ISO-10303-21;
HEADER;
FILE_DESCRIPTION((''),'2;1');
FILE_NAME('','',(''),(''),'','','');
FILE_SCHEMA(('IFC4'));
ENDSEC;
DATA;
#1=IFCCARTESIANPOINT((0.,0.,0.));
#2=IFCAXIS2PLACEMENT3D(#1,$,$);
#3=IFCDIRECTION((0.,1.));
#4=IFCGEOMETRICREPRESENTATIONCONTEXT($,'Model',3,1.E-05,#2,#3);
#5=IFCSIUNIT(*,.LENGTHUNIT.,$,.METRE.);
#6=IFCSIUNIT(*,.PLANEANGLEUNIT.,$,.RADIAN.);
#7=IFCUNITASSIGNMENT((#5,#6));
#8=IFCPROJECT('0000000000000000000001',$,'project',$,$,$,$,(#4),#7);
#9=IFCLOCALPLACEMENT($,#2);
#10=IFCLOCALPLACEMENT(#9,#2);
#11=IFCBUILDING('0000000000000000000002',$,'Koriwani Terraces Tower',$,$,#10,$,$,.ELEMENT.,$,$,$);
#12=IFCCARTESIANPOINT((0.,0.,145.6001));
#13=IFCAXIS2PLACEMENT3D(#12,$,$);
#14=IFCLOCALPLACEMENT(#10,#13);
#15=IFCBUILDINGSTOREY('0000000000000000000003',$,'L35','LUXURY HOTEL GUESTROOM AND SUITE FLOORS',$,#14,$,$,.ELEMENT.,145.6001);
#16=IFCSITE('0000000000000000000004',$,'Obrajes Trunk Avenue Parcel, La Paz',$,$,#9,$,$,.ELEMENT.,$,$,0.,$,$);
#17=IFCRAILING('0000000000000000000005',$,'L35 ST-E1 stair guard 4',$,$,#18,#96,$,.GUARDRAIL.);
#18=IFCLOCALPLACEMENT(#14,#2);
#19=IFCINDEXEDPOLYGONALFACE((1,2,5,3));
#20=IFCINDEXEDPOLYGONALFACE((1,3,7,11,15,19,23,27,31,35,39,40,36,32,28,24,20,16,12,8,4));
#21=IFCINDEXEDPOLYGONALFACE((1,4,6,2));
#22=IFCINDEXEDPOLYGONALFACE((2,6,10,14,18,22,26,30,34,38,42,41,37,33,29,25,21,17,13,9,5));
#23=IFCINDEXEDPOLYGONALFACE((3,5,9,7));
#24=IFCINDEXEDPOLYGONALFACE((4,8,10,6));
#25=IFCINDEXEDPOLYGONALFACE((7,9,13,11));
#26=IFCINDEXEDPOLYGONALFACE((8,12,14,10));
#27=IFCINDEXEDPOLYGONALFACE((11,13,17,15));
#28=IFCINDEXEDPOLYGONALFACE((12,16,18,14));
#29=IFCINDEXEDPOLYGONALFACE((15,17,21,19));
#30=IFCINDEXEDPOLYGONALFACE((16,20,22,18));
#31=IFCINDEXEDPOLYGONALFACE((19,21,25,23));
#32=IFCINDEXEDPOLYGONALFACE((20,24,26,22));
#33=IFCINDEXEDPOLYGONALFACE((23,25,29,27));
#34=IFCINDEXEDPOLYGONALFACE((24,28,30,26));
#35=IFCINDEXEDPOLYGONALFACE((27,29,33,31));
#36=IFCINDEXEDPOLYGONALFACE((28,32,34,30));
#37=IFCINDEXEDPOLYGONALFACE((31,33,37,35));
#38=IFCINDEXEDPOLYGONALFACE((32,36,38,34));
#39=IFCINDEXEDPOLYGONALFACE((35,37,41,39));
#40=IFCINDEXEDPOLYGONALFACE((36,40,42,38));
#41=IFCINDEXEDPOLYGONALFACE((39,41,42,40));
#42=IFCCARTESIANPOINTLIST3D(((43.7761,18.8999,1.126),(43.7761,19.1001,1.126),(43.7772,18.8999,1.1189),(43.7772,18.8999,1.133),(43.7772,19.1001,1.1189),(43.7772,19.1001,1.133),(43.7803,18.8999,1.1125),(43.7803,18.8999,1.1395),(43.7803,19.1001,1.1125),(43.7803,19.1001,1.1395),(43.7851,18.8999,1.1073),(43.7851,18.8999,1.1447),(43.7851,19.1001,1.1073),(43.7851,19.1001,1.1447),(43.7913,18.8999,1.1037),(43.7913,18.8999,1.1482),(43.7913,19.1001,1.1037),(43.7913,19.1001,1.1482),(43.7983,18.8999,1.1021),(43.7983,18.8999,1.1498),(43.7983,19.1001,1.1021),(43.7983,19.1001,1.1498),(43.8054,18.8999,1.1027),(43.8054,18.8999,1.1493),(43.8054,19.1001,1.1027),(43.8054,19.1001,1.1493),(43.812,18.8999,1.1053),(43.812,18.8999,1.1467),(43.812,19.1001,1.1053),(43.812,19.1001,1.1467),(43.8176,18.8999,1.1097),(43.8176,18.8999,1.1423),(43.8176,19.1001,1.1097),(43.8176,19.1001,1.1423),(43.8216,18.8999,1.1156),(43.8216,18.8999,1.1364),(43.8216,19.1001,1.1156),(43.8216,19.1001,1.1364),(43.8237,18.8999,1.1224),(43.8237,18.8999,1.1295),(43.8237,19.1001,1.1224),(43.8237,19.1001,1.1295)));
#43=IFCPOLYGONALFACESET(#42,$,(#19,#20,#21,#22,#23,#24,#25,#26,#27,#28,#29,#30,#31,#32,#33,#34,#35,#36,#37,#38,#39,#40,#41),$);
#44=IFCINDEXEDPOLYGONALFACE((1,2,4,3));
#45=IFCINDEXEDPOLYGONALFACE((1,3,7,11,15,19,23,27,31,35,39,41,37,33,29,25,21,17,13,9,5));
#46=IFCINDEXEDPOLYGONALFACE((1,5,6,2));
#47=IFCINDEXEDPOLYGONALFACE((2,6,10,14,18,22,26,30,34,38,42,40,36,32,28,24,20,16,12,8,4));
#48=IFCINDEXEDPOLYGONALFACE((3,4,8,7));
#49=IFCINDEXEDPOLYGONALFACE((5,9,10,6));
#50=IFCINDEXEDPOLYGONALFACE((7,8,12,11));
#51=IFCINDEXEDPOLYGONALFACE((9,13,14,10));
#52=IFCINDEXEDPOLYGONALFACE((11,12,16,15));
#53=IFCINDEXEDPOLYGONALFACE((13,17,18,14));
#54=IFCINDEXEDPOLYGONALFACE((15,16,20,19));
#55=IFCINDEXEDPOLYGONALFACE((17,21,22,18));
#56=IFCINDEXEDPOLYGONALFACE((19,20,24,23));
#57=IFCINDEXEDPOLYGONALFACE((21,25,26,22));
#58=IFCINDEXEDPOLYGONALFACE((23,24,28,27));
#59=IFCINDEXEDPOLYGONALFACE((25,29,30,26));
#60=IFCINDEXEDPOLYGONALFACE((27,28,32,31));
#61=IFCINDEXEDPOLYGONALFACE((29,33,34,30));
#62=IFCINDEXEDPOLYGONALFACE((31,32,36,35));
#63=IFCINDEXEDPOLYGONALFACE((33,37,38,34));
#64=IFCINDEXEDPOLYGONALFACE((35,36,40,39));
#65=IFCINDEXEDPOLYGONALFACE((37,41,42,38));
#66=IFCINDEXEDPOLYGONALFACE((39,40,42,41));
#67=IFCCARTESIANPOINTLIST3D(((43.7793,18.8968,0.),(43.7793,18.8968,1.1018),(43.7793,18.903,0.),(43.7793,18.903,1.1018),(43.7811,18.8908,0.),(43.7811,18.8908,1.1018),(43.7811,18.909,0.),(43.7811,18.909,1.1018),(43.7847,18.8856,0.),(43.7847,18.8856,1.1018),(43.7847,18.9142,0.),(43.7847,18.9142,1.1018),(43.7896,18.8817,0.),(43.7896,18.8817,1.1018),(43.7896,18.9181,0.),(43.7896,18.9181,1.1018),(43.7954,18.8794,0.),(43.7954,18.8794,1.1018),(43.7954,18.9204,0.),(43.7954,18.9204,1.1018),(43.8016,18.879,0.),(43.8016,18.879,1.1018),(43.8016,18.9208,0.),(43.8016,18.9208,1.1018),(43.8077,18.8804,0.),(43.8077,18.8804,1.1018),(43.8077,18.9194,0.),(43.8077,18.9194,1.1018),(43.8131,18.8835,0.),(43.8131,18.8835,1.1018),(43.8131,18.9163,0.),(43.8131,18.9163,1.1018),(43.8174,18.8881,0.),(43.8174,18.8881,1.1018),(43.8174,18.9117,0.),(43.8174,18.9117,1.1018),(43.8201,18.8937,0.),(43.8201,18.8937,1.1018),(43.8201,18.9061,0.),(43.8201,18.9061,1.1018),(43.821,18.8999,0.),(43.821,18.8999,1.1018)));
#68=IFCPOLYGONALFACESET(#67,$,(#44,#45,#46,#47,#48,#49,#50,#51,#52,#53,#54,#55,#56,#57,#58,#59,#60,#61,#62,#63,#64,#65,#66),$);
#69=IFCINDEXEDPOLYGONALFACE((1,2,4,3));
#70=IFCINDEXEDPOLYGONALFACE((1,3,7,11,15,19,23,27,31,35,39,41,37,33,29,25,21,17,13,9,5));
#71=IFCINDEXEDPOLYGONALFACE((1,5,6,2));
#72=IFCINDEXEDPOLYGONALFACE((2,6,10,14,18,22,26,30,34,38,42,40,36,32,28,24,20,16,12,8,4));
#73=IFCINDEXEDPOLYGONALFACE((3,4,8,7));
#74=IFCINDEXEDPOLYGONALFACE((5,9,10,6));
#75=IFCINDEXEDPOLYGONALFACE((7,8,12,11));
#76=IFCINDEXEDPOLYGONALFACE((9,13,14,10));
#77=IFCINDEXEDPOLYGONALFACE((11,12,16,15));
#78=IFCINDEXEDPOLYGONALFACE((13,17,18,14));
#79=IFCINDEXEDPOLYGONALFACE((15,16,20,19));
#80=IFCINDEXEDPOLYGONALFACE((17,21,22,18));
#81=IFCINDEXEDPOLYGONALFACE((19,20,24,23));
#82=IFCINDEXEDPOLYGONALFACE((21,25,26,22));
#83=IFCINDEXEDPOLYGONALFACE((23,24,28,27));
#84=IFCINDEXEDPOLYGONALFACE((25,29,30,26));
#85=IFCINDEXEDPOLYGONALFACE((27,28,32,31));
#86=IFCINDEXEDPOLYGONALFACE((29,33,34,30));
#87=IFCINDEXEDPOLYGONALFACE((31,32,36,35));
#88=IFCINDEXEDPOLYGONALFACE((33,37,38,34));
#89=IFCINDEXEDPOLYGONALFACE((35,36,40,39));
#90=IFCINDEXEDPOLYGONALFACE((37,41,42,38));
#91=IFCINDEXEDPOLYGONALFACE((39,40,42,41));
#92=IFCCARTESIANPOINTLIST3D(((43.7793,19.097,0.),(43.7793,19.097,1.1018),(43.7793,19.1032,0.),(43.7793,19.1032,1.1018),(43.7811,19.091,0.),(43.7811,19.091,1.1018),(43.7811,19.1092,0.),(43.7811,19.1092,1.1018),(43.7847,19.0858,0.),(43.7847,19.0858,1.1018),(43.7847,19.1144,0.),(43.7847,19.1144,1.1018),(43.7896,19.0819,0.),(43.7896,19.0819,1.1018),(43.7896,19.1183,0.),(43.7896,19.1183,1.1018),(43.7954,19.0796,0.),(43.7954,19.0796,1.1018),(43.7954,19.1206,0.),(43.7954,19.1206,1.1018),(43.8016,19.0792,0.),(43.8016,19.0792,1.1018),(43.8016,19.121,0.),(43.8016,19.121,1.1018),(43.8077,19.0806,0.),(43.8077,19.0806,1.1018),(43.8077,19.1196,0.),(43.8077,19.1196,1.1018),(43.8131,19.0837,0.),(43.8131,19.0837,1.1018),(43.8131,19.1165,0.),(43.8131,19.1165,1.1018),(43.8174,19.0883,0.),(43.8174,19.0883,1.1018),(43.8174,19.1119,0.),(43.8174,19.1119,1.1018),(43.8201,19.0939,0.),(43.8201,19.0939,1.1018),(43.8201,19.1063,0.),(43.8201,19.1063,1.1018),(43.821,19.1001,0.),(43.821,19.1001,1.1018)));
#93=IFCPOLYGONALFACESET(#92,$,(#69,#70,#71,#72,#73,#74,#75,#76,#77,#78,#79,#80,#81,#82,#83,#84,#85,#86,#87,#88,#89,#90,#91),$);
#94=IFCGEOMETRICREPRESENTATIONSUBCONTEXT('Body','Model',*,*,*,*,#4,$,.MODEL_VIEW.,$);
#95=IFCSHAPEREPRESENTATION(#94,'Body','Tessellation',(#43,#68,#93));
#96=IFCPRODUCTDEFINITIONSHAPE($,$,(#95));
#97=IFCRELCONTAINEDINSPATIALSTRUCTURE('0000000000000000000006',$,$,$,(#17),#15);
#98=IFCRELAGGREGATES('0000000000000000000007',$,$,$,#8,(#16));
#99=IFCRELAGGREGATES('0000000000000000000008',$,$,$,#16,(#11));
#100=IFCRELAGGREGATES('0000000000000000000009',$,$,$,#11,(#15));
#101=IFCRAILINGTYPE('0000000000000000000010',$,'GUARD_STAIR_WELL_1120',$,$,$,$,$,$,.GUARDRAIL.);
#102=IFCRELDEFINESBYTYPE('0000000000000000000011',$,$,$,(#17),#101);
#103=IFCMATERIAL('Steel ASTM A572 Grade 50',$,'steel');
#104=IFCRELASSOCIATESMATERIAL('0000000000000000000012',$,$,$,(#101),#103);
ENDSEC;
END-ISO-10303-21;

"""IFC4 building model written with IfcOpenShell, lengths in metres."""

from ifc_helpers import new_model, si_unit, direction, frame, origin, origin_2d, place, context, subcontext, project, spatial, circle, extrude, material, type_object, element, save


model = new_model("IFC4")

# Units and contexts
model_context = context("Model", 3, precision=1e-05, world=origin(), true_north=direction((0.0, 1.0)))
body_context = subcontext(model_context, "Body", "Model", "MODEL_VIEW")
ifc_project = project(units=[si_unit("LENGTHUNIT", "METRE"), si_unit("PLANEANGLEUNIT", "RADIAN")], contexts=[model_context])

# Site, building, storey
site_placement = place(None, origin())
site = spatial("IfcSite", under=ifc_project, at=site_placement, Name="Obrajes Trunk Avenue Parcel, La Paz", CompositionType="ELEMENT", RefElevation=0.0)
building_placement = place(site_placement, origin())
building = spatial("IfcBuilding", under=site, at=building_placement, Name="Koriwani Terraces Tower", CompositionType="ELEMENT")
storey_placement = place(building_placement, frame((0.0, 0.0, 145.6001)))
storey = spatial("IfcBuildingStorey", under=building, at=storey_placement, Name="L35", Description="LUXURY HOTEL GUESTROOM AND SUITE FLOORS", CompositionType="ELEMENT", Elevation=145.6001)

# Shared definitions
ifc_material_1 = material(Name="Steel ASTM A572 Grade 50", Category="steel")

# Railing
railing_type_1 = type_object("IfcRailingType", Name="GUARD_STAIR_WELL_1120", PredefinedType="GUARDRAIL", material=ifc_material_1)
railing_1_placement = place(storey_placement, frame((43.8, 18.8999, 0.0)))
element("IfcRailing", 1, at=railing_1_placement, inside=storey, type_object=railing_type_1, Name="L35 ST-E1 stair guard 4", PredefinedType="GUARDRAIL", context=body_context, shape_type="SweptSolid", body=[
    extrude(circle(Radius=0.0239, at=origin_2d()), frame((0.0, 0.0, 1.126), z_axis=(0.0, 1.0, 0.0), x_axis=(-1.0, 0.0, 0.0)), (0.0, 0.0, 1.0), 0.2002),
    extrude(circle(Radius=0.021, at=origin_2d()), origin(), (0.0, 0.0, 1.0), 1.1018),
    extrude(circle(Radius=0.021, at=origin_2d()), frame((0.0, 0.2002, 0.0)), (0.0, 0.0, 1.0), 1.1018),
])

save(model, "model.ifc")
